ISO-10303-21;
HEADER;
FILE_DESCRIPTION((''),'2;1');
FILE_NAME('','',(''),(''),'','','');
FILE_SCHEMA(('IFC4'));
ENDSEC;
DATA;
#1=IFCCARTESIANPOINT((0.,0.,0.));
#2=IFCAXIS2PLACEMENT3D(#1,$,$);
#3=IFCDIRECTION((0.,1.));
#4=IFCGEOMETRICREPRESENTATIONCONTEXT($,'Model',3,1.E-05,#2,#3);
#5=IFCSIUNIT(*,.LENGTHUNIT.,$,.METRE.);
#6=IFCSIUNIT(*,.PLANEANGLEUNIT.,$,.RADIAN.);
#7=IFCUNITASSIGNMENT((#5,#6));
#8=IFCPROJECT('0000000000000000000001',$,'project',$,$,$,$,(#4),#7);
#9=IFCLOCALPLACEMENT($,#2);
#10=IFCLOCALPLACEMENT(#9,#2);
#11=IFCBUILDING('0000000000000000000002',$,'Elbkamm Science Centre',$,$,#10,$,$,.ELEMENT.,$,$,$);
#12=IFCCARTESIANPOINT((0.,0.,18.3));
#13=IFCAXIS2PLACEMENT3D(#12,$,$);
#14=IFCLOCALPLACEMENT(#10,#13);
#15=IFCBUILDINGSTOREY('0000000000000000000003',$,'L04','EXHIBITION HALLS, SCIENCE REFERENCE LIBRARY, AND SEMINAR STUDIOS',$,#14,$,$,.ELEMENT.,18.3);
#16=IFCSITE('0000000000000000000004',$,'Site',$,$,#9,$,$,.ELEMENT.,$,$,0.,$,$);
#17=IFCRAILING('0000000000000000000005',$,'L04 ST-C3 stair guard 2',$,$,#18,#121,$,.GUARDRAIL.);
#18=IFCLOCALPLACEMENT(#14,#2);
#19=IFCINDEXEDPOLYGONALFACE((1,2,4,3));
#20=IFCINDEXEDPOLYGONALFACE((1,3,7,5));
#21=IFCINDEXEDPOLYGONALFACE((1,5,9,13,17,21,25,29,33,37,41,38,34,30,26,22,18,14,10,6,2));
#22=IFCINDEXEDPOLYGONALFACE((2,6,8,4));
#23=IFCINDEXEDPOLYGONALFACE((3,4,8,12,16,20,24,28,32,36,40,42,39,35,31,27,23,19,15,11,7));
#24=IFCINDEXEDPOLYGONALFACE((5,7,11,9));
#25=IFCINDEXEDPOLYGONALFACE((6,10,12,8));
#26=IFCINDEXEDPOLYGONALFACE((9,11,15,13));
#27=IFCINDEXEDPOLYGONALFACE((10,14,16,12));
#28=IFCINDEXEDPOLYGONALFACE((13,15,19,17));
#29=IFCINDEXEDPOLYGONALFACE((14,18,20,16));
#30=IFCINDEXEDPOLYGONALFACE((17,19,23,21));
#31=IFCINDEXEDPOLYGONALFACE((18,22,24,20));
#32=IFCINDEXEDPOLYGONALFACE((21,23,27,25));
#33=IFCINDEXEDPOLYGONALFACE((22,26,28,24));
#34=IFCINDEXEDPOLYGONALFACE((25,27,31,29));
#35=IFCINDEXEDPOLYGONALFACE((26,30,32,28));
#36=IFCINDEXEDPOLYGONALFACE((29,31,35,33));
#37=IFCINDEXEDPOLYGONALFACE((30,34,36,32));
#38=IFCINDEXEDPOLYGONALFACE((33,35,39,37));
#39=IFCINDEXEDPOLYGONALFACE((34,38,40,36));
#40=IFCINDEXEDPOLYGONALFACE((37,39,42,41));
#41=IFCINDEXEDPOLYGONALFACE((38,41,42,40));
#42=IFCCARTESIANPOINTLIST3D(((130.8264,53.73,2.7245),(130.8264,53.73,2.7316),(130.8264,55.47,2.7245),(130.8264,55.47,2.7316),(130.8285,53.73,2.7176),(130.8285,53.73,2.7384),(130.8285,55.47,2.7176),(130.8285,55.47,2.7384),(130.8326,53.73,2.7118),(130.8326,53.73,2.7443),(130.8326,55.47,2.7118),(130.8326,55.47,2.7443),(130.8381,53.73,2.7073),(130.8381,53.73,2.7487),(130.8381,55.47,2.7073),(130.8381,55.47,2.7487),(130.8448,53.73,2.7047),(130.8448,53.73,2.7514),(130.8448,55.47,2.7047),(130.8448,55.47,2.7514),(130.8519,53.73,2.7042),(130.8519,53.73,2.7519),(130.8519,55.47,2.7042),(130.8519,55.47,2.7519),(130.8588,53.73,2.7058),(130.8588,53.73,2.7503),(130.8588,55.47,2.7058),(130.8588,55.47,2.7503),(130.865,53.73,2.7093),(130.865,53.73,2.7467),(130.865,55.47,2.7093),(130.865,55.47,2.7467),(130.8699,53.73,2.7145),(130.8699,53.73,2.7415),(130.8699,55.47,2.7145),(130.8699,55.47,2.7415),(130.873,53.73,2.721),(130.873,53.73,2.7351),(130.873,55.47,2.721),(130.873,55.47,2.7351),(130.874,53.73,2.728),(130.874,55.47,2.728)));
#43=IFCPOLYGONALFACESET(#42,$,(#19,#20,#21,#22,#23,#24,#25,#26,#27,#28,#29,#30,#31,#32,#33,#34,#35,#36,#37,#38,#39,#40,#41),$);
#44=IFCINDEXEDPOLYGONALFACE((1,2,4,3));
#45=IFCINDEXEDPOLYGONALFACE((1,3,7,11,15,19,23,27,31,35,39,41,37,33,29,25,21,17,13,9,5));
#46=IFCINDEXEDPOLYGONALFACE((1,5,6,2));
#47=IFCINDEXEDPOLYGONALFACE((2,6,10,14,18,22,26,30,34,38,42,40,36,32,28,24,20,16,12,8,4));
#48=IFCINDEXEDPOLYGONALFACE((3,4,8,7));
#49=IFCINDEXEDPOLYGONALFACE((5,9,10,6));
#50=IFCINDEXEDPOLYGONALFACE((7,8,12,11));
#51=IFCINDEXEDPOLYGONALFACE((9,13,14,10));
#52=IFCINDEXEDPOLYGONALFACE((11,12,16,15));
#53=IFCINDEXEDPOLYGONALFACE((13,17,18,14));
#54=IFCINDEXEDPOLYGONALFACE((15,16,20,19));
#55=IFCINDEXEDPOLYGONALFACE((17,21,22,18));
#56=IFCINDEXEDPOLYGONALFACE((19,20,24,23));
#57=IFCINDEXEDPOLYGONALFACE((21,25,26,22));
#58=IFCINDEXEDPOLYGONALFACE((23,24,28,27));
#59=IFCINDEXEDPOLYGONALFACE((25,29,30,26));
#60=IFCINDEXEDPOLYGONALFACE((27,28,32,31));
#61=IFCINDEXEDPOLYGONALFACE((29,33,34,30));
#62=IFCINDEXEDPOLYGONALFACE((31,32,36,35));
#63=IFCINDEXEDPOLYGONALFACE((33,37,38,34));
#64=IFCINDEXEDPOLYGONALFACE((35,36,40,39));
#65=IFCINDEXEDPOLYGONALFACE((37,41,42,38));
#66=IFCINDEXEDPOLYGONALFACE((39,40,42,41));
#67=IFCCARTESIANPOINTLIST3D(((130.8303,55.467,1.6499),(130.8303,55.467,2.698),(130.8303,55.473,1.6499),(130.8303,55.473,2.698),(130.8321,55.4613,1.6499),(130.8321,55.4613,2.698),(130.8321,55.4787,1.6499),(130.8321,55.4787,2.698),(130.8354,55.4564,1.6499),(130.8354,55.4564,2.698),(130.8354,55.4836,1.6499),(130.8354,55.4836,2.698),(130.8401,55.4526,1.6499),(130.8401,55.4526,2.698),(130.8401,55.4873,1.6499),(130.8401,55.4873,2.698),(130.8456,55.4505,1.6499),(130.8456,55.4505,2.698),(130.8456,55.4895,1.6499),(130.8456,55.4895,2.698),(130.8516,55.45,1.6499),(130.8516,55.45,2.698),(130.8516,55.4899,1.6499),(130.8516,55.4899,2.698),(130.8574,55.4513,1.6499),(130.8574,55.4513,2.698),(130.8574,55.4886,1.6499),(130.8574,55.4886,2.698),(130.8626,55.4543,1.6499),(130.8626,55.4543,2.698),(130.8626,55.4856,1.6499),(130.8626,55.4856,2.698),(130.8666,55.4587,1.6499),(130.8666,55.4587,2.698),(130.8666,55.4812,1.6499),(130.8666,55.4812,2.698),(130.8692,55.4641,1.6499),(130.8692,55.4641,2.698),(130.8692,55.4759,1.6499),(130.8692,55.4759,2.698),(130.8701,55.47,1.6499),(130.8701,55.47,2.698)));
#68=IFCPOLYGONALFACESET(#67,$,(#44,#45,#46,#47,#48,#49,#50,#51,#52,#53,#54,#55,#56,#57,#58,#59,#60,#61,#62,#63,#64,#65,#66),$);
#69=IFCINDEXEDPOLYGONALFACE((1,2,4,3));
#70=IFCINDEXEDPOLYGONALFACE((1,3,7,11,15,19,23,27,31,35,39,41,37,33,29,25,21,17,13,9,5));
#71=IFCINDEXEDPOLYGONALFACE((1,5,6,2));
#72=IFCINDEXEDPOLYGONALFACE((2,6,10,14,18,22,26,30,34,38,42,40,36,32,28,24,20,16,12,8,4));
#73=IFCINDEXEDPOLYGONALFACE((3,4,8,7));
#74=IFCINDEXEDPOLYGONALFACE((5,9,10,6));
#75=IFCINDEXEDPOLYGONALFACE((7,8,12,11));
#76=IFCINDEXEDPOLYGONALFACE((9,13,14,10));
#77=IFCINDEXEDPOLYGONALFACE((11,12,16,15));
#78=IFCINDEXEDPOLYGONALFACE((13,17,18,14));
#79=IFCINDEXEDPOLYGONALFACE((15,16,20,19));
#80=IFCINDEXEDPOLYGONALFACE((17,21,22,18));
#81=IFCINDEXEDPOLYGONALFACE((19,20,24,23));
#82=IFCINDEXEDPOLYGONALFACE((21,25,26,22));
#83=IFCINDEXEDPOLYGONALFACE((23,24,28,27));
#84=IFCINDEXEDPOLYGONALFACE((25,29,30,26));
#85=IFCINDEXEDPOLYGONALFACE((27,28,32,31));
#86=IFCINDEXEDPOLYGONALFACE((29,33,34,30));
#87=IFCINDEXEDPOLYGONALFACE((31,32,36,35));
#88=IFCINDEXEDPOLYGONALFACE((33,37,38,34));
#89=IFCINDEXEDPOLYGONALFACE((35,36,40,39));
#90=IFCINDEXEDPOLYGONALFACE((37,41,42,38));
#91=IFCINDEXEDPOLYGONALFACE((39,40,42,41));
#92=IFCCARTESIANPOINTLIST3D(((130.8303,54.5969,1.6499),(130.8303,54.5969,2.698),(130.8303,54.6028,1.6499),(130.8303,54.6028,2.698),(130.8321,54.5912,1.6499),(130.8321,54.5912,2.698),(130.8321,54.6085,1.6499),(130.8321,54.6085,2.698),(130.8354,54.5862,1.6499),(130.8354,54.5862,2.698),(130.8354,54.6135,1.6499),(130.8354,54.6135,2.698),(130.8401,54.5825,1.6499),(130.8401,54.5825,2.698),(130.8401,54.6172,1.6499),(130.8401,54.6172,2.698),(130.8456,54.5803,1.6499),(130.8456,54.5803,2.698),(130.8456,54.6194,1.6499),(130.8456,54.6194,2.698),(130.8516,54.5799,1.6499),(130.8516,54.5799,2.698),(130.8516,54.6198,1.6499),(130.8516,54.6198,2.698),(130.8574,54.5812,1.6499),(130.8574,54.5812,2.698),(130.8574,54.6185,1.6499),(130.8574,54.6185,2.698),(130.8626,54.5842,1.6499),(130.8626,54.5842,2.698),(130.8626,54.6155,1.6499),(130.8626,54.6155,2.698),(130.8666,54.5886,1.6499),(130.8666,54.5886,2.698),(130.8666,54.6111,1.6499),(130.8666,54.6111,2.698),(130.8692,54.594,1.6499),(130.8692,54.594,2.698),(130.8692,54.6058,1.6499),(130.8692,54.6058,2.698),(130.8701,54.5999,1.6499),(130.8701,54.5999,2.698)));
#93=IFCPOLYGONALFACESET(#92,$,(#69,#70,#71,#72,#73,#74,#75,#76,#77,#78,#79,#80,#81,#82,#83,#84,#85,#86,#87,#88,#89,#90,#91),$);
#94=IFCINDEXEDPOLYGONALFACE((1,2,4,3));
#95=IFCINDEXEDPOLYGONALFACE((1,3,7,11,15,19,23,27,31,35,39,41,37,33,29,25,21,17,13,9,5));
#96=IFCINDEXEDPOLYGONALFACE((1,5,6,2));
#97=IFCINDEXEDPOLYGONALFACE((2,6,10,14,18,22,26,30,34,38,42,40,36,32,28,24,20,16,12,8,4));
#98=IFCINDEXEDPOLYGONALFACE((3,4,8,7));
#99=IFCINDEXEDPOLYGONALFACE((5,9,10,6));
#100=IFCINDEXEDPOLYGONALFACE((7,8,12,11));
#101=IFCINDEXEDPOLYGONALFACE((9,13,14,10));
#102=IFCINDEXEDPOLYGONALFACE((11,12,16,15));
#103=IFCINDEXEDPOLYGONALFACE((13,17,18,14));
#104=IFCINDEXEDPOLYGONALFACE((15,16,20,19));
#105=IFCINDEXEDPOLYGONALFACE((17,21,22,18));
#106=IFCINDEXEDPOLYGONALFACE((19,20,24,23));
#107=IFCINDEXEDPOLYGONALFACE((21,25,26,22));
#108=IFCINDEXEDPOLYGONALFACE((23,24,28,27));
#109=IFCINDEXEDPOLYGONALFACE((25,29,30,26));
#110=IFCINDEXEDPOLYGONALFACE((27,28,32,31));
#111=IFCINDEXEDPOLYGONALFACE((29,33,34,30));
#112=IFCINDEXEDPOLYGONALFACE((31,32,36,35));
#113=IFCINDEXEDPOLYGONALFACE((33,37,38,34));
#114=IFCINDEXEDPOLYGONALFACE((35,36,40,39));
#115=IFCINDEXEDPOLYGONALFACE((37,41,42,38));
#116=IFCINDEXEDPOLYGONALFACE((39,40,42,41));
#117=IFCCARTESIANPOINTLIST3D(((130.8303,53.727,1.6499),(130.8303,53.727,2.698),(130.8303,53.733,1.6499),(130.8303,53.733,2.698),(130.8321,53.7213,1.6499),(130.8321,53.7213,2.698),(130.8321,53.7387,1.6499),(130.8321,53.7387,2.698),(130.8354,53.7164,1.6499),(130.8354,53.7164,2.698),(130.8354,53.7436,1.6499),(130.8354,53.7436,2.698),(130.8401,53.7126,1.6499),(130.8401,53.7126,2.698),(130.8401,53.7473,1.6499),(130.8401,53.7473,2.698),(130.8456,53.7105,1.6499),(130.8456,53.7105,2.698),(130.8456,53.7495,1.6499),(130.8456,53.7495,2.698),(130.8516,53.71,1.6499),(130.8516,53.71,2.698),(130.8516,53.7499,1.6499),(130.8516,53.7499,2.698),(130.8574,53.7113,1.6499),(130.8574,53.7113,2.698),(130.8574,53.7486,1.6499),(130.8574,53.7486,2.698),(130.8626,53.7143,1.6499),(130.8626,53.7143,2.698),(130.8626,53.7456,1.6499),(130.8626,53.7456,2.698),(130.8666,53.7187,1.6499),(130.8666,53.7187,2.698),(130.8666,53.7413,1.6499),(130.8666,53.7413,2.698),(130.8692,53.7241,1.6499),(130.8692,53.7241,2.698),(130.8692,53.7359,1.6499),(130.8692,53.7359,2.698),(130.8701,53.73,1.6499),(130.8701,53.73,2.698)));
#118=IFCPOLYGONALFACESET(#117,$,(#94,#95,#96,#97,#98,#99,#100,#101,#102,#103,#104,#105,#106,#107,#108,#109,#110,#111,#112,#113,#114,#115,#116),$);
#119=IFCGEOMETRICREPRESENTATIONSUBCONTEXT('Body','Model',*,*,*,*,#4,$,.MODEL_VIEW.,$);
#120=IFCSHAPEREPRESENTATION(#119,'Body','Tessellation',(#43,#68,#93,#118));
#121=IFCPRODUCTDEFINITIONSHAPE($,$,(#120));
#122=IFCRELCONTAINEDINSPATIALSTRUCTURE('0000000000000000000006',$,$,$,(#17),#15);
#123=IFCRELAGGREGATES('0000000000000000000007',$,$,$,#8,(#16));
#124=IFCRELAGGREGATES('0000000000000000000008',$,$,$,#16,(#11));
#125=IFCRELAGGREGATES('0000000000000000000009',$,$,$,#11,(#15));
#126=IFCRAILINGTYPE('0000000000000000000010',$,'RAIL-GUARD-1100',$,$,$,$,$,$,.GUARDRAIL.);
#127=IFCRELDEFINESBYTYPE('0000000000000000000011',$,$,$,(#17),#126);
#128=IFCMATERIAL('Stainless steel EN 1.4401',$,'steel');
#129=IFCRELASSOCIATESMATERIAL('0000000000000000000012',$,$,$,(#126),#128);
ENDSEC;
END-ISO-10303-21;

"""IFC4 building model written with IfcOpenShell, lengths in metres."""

from ifc_helpers import new_model, si_unit, direction, frame, origin, origin_2d, place, context, subcontext, project, spatial, circle, extrude, material, type_object, element, save


model = new_model("IFC4")

# Units and contexts
model_context = context("Model", 3, precision=1e-05, world=origin(), true_north=direction((0.0, 1.0)))
body_context = subcontext(model_context, "Body", "Model", "MODEL_VIEW")
ifc_project = project(units=[si_unit("LENGTHUNIT", "METRE"), si_unit("PLANEANGLEUNIT", "RADIAN")], contexts=[model_context])

# Site, building, storey
site_placement = place(None, origin())
site = spatial("IfcSite", under=ifc_project, at=site_placement, Name="Site", CompositionType="ELEMENT", RefElevation=0.0)
building_placement = place(site_placement, origin())
building = spatial("IfcBuilding", under=site, at=building_placement, Name="Elbkamm Science Centre", CompositionType="ELEMENT")
storey_placement = place(building_placement, frame((0.0, 0.0, 18.3)))
storey = spatial("IfcBuildingStorey", under=building, at=storey_placement, Name="L04", Description="EXHIBITION HALLS, SCIENCE REFERENCE LIBRARY, AND SEMINAR STUDIOS", CompositionType="ELEMENT", Elevation=18.3)

# Railing
ifc_material_1 = material(Name="Stainless steel EN 1.4401", Category="steel")
railing_type_1 = type_object("IfcRailingType", Name="RAIL-GUARD-1100", PredefinedType="GUARDRAIL", material=ifc_material_1)
railing_1_placement = place(storey_placement, frame((130.8501, 55.47, 1.6499)))
element("IfcRailing", 1, at=railing_1_placement, inside=storey, type_object=railing_type_1, Name="L04 ST-C3 stair guard 2", PredefinedType="GUARDRAIL", context=body_context, shape_type="SweptSolid", body=[
    extrude(circle(Radius=0.0239, at=origin_2d()), frame((0.0, 0.0, 1.0781), z_axis=(0.0, -1.0, 0.0), x_axis=(1.0, 0.0, 0.0)), (0.0, 0.0, 1.0), 1.74),
    extrude(circle(Radius=0.02, at=origin_2d()), origin(), (0.0, 0.0, 1.0), 1.0481),
    extrude(circle(Radius=0.02, at=origin_2d()), frame((0.0, -0.8701, 0.0)), (0.0, 0.0, 1.0), 1.0481),
    extrude(circle(Radius=0.02, at=origin_2d()), frame((0.0, -1.74, 0.0)), (0.0, 0.0, 1.0), 1.0481),
])

save(model, "model.ifc")
